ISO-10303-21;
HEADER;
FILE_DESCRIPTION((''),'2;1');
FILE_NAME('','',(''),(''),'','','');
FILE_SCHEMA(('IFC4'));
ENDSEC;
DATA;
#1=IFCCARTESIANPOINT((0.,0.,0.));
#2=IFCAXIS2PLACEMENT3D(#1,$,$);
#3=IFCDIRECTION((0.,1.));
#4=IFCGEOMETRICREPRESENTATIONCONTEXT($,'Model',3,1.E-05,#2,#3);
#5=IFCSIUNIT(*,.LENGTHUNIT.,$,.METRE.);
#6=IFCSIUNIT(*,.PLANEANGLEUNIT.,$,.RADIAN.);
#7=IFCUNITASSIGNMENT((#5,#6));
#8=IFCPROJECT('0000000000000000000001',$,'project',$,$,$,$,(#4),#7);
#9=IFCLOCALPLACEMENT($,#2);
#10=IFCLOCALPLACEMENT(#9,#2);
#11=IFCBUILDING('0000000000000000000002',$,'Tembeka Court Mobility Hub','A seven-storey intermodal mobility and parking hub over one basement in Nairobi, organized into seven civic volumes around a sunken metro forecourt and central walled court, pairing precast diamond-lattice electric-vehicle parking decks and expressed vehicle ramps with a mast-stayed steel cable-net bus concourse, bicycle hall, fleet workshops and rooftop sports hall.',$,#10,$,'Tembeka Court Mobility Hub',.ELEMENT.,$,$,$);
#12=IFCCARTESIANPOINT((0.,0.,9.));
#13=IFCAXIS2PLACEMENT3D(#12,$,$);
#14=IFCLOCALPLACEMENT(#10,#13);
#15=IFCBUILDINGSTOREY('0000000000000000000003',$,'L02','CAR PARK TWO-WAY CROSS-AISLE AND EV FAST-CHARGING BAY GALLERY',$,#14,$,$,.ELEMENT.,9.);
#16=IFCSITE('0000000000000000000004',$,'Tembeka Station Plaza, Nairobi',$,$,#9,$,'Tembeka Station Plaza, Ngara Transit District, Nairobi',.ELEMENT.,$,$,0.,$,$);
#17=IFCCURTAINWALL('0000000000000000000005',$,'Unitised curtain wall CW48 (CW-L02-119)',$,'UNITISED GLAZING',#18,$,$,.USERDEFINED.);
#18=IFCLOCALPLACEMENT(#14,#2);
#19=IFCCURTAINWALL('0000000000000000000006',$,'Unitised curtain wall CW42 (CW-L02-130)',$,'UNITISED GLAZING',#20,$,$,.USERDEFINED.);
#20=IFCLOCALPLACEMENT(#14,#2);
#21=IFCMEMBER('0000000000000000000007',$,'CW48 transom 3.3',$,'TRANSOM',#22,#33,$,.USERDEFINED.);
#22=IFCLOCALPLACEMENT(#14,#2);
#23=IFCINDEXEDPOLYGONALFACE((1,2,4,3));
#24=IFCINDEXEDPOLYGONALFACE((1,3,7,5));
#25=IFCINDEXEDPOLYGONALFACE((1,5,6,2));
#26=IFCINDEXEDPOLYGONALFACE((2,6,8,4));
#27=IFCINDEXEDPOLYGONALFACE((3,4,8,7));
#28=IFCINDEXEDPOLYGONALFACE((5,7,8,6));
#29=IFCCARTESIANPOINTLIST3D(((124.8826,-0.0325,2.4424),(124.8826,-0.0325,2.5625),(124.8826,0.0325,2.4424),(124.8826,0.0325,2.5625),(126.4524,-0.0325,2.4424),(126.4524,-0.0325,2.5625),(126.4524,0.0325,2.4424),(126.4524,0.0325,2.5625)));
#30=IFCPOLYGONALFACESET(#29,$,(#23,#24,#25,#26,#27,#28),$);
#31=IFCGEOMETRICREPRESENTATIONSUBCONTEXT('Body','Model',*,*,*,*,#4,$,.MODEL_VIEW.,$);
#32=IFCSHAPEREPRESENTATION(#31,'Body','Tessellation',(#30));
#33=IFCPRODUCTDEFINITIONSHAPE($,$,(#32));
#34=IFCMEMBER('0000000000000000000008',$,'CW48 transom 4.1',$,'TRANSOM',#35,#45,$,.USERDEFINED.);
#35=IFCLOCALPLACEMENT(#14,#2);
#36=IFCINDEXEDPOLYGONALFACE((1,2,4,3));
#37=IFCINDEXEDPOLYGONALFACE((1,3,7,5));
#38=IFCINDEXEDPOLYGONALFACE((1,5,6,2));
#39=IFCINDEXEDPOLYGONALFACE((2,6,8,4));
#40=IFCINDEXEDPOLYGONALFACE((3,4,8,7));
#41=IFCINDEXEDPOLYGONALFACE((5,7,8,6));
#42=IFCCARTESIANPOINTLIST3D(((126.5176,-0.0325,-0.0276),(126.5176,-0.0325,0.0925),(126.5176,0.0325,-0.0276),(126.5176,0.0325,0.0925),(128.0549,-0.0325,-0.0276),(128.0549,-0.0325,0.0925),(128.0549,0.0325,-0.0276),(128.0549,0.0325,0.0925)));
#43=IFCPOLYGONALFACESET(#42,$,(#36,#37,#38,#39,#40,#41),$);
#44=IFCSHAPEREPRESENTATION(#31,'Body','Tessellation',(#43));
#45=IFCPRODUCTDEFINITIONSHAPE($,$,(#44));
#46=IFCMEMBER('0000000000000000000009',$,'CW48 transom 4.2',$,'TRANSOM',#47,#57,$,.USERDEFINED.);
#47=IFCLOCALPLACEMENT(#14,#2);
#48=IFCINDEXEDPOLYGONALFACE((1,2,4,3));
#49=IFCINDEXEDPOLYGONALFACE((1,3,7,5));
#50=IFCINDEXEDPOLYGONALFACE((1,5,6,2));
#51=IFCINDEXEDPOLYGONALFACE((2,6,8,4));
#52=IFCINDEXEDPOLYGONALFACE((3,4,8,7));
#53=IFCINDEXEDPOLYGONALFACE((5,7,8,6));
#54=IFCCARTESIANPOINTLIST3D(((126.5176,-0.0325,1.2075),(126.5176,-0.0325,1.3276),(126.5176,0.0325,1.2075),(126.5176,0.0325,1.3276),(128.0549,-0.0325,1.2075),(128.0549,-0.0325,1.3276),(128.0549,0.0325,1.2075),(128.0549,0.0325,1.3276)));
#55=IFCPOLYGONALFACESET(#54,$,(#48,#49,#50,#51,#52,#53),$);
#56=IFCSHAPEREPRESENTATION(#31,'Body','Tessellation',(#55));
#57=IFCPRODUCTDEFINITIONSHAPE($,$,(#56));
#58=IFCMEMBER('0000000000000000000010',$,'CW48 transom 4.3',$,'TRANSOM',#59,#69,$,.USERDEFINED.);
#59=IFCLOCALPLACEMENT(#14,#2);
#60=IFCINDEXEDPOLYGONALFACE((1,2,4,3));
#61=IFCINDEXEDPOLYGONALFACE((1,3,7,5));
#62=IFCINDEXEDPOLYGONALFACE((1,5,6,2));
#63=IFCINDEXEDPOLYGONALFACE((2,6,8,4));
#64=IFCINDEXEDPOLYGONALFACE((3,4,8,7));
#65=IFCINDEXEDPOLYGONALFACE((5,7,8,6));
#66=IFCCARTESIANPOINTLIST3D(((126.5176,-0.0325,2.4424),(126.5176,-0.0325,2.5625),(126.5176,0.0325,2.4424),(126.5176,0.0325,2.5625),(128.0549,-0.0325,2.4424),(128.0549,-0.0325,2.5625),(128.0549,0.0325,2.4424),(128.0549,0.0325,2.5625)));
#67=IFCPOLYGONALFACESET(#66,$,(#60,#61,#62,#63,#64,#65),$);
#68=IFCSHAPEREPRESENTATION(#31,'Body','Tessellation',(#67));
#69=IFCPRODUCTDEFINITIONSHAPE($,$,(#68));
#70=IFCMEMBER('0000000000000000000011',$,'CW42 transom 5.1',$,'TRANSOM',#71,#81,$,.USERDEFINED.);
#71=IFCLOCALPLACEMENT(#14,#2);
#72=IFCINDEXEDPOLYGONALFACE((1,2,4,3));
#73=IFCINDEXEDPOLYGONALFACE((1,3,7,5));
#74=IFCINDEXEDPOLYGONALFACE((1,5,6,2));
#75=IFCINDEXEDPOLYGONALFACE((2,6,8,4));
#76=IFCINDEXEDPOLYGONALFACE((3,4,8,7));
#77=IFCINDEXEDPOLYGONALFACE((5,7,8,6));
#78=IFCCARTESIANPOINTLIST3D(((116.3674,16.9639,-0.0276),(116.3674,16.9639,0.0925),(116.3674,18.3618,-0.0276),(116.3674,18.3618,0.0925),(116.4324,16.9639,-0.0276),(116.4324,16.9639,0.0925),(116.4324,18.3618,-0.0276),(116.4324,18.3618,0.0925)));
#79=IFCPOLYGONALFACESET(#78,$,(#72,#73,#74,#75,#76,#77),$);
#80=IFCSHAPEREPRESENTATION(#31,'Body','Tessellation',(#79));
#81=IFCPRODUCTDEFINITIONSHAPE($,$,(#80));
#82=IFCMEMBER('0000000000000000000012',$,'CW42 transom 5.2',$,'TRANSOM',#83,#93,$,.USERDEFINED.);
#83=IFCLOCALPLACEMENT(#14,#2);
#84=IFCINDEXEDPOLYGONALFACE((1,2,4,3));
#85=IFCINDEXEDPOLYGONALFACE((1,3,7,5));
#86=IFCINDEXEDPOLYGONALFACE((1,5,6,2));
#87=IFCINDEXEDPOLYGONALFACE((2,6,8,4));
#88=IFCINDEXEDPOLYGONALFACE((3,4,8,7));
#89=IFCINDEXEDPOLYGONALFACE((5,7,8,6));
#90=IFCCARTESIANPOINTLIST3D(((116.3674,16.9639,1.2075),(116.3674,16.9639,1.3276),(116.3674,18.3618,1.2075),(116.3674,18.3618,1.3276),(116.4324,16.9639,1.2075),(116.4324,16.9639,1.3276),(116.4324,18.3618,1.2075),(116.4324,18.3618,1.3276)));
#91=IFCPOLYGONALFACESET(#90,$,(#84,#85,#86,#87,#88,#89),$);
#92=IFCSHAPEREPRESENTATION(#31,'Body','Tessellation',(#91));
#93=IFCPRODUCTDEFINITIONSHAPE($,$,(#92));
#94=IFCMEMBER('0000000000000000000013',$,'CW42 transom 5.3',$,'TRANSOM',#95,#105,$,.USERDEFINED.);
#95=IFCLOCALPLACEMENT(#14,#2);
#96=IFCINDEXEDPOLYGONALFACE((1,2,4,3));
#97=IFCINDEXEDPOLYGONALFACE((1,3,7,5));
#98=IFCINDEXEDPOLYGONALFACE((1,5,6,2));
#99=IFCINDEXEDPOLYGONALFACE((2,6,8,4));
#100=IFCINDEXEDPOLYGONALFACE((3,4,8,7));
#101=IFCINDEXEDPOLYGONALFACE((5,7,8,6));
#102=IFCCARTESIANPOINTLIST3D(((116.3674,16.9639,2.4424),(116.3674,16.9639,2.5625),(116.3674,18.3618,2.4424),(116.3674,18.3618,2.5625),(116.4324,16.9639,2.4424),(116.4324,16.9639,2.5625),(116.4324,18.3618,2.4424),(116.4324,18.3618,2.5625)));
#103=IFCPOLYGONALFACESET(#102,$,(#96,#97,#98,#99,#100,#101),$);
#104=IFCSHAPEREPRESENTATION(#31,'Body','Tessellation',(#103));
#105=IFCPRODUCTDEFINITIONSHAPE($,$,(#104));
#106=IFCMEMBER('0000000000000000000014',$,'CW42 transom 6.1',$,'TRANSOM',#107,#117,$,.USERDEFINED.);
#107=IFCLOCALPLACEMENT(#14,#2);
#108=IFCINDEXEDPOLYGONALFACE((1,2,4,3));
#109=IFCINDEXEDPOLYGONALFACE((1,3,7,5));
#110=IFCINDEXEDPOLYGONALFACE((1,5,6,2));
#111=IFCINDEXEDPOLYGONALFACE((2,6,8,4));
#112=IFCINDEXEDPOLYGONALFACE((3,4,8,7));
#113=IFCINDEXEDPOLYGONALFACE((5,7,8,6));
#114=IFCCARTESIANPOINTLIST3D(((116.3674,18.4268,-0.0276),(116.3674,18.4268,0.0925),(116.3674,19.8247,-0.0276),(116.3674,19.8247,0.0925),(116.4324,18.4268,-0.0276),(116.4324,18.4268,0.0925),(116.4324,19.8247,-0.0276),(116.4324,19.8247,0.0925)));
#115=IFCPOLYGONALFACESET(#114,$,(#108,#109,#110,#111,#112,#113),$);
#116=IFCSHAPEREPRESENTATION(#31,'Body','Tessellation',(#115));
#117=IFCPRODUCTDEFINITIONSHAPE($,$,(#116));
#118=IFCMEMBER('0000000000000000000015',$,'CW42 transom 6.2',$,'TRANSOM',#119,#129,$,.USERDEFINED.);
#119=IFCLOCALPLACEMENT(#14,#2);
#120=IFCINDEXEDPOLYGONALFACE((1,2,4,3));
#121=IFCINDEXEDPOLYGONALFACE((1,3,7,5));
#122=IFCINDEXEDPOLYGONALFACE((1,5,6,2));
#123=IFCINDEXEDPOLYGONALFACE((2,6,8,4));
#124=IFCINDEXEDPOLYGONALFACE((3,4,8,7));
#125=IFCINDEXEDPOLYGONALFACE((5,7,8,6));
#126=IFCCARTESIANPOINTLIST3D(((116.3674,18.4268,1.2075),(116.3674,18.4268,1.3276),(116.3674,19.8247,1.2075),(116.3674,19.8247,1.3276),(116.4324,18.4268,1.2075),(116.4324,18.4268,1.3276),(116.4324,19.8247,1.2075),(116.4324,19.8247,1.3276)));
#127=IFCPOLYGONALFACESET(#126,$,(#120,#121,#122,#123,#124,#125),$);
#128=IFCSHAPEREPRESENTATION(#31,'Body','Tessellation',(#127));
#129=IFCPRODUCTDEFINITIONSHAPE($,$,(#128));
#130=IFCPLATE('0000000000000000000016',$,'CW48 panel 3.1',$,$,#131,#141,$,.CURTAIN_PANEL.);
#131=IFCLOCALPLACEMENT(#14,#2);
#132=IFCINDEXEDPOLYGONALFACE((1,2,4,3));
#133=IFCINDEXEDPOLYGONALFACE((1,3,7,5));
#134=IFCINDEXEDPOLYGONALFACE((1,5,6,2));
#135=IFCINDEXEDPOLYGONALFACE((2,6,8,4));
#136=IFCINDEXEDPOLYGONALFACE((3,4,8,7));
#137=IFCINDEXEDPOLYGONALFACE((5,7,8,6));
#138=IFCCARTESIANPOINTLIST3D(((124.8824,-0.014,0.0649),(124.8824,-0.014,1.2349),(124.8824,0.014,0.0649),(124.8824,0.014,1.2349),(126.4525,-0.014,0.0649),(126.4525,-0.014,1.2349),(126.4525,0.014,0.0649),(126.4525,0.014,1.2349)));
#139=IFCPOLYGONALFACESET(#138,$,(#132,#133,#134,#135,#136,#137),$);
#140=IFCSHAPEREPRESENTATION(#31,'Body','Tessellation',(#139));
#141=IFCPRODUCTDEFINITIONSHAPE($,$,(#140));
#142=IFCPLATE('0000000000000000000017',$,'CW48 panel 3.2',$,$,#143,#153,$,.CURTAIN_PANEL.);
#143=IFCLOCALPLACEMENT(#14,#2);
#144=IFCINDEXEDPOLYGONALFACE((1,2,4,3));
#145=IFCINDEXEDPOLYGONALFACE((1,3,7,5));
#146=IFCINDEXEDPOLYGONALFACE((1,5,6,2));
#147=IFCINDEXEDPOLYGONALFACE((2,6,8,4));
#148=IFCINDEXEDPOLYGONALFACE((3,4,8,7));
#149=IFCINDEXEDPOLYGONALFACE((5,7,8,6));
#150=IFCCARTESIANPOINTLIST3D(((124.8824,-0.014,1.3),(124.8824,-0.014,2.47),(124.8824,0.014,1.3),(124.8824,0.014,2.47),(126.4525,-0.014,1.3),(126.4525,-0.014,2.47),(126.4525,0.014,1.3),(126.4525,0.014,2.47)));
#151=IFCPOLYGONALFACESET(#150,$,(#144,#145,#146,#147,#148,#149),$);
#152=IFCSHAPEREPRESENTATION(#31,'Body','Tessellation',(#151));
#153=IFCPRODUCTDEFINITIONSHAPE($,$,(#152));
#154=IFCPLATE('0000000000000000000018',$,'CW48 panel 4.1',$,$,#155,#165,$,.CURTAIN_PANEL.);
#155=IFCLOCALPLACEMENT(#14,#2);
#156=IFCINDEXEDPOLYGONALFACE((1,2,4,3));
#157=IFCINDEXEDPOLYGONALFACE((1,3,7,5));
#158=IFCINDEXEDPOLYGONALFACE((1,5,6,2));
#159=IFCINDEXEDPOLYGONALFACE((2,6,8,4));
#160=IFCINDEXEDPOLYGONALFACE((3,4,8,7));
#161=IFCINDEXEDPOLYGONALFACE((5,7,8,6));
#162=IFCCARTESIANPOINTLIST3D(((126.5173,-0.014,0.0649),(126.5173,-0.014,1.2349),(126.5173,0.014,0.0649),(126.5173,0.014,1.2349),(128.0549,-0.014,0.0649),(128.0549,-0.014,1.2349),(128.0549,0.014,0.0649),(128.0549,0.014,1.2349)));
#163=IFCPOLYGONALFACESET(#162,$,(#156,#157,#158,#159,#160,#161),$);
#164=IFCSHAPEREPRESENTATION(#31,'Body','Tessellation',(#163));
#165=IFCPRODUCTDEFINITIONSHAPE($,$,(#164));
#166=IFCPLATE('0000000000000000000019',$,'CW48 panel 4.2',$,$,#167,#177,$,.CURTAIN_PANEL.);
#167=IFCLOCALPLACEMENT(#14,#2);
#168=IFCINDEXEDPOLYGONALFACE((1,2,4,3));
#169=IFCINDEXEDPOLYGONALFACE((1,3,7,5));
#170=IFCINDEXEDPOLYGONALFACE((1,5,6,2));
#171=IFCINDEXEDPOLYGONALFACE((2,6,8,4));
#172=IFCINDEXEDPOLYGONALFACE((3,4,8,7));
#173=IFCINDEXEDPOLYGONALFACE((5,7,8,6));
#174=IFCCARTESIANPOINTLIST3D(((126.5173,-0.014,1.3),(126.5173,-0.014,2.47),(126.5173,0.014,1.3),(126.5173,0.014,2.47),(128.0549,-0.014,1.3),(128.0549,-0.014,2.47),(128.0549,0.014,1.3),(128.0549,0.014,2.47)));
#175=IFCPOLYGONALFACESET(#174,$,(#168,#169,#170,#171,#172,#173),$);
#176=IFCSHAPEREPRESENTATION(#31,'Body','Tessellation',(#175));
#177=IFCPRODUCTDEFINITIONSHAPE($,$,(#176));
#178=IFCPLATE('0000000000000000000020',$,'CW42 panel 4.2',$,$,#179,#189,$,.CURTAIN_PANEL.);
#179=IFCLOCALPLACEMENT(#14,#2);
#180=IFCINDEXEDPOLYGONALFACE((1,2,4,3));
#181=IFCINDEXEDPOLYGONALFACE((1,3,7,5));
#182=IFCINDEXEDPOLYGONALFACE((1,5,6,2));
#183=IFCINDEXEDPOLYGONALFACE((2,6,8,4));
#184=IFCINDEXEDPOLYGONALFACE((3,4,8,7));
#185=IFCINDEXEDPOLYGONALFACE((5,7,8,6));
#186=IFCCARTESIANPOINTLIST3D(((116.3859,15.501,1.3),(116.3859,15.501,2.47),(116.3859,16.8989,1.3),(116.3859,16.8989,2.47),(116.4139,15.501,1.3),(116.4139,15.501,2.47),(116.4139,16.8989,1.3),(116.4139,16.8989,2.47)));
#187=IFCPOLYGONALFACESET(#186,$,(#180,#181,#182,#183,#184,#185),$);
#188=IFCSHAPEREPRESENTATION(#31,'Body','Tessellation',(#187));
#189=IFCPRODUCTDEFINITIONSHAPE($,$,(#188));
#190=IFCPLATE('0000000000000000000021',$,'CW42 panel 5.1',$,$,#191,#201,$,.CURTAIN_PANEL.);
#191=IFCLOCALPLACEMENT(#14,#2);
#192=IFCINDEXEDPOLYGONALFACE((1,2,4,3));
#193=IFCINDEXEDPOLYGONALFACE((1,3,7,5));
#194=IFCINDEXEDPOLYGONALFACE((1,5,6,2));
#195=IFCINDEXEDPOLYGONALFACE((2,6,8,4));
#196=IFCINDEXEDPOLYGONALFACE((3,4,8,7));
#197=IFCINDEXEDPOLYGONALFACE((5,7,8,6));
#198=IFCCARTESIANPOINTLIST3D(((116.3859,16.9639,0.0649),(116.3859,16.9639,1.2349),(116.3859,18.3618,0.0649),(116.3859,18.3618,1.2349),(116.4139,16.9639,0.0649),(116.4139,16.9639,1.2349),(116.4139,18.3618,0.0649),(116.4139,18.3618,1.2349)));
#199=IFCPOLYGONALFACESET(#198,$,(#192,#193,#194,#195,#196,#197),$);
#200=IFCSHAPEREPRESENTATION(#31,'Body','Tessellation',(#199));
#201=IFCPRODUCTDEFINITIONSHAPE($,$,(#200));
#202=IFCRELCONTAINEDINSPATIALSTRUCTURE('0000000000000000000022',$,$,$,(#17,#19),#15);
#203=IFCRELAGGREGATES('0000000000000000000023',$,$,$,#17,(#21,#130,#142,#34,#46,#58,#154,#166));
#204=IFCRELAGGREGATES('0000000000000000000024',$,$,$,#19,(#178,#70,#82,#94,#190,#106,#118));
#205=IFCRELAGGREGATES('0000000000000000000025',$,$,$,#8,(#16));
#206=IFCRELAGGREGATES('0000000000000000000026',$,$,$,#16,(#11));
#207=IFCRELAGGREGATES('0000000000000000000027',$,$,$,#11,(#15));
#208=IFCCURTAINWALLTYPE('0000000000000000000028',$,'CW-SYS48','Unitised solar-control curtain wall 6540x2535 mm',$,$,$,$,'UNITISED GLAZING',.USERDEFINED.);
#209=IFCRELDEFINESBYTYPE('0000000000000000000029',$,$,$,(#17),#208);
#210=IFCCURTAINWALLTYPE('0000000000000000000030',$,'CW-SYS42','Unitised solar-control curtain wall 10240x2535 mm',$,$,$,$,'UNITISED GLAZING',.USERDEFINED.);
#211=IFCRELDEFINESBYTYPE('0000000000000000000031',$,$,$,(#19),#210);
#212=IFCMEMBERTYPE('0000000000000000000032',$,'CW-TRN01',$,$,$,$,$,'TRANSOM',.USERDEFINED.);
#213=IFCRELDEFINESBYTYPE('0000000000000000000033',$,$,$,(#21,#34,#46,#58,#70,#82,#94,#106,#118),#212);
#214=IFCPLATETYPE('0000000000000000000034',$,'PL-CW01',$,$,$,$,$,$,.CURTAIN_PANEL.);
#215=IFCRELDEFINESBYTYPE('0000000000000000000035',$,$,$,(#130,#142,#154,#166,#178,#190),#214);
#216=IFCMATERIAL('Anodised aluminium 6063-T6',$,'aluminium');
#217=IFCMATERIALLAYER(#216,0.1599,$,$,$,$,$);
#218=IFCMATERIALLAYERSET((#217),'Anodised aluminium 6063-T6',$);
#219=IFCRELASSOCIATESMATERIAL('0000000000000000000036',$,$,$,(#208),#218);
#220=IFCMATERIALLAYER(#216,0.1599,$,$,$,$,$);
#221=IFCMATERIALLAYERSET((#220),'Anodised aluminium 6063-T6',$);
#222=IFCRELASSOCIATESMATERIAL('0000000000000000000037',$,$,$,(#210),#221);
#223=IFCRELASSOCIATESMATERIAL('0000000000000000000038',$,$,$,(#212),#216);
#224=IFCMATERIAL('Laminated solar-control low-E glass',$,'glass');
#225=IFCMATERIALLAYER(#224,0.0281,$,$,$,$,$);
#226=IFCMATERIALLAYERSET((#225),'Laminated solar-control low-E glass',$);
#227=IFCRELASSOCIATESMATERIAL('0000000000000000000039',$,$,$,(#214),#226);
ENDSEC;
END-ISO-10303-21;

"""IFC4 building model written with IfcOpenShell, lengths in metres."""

from ifc_helpers import new_model, si_unit, direction, frame, origin, origin_2d, place, context, subcontext, project, spatial, rectangle, extrude, material, layer, layer_set, material_profile, profile_set, type_object, element, aggregate, save


model = new_model("IFC4")

# Units and contexts
model_context = context("Model", 3, precision=1e-05, world=origin(), true_north=direction((0.0, 1.0)))
body_context = subcontext(model_context, "Body", "Model", "MODEL_VIEW")
ifc_project = project(units=[si_unit("LENGTHUNIT", "METRE"), si_unit("PLANEANGLEUNIT", "RADIAN")], contexts=[model_context])

# Site, building, storey
site_placement = place(None, origin())
site = spatial("IfcSite", under=ifc_project, at=site_placement, Name="Tembeka Station Plaza, Nairobi", LongName="Tembeka Station Plaza, Ngara Transit District, Nairobi", CompositionType="ELEMENT", RefElevation=0.0)
building_placement = place(site_placement, origin())
building = spatial("IfcBuilding", under=site, at=building_placement, Name="Tembeka Court Mobility Hub", Description="A seven-storey intermodal mobility and parking hub over one basement in Nairobi, organized into seven civic volumes around a sunken metro forecourt and central walled court, pairing precast diamond-lattice electric-vehicle parking decks and expressed vehicle ramps with a mast-stayed steel cable-net bus concourse, bicycle hall, fleet workshops and rooftop sports hall.", LongName="Tembeka Court Mobility Hub", CompositionType="ELEMENT")
storey_placement = place(building_placement, frame((0.0, 0.0, 9.0)))
storey = spatial("IfcBuildingStorey", under=building, at=storey_placement, Name="L02", Description="CAR PARK TWO-WAY CROSS-AISLE AND EV FAST-CHARGING BAY GALLERY", CompositionType="ELEMENT", Elevation=9.0)

# Curtain walls
ifc_material_1 = material(Name="Anodised aluminium 6063-T6", Category="aluminium")
ifc_layer_1 = layer(ifc_material_1, 0.1599)
ifc_layer_set_1 = layer_set([ifc_layer_1], Name="Anodised aluminium 6063-T6")
curtain_wall_type_1 = type_object("IfcCurtainWallType", Name="CW-SYS48", Description="Unitised solar-control curtain wall 6540x2535 mm", ElementType="UNITISED GLAZING", PredefinedType="USERDEFINED", material=ifc_layer_set_1)
curtain_wall_1_placement = place(storey_placement, origin())
curtain_wall_1 = element("IfcCurtainWall", 1, at=curtain_wall_1_placement, inside=storey, type_object=curtain_wall_type_1, Name="Unitised curtain wall CW48 (CW-L02-119)", ObjectType="UNITISED GLAZING", PredefinedType="USERDEFINED")
ifc_layer_2 = layer(ifc_material_1, 0.1599)
ifc_layer_set_2 = layer_set([ifc_layer_2], Name="Anodised aluminium 6063-T6")
curtain_wall_type_2 = type_object("IfcCurtainWallType", Name="CW-SYS42", Description="Unitised solar-control curtain wall 10240x2535 mm", ElementType="UNITISED GLAZING", PredefinedType="USERDEFINED", material=ifc_layer_set_2)
curtain_wall_2_placement = place(storey_placement, origin())
curtain_wall_2 = element("IfcCurtainWall", 2, at=curtain_wall_2_placement, inside=storey, type_object=curtain_wall_type_2, Name="Unitised curtain wall CW42 (CW-L02-130)", ObjectType="UNITISED GLAZING", PredefinedType="USERDEFINED")

# Members
ifc_material_profile_1 = material_profile(ifc_material_1, rectangle(XDim=0.0649, YDim=0.1201, at=origin_2d()), Name="ALU-TRN 65x120")
ifc_profile_set_1 = profile_set([ifc_material_profile_1], Name="Anodised aluminium 6063-T6")
member_type_1 = type_object("IfcMemberType", Name="CW-TRN01", ElementType="TRANSOM", PredefinedType="USERDEFINED", material=ifc_profile_set_1)
member_1_placement = place(storey_placement, frame((124.8826, 0.0, 2.5024), z_axis=(1.0, 0.0, 0.0), x_axis=(0.0, 1.0, 0.0)))
member_1 = element("IfcMember", 3, at=member_1_placement, type_object=member_type_1, Name="CW48 transom 3.3", ObjectType="TRANSOM", PredefinedType="USERDEFINED", context=body_context, shape_type="SweptSolid", body=[
    extrude(rectangle(XDim=0.0649, YDim=0.1201, at=origin_2d()), origin(), (0.0, 0.0, 1.0), 1.5698),
])
member_2_placement = place(storey_placement, frame((126.5176, 0.0, 0.0325), z_axis=(1.0, 0.0, 0.0), x_axis=(0.0, 1.0, 0.0)))
member_2 = element("IfcMember", 4, at=member_2_placement, type_object=member_type_1, Name="CW48 transom 4.1", ObjectType="TRANSOM", PredefinedType="USERDEFINED", context=body_context, shape_type="SweptSolid", body=[
    extrude(rectangle(XDim=0.0649, YDim=0.1201, at=origin_2d()), origin(), (0.0, 0.0, 1.0), 1.5374),
])
member_3_placement = place(storey_placement, frame((126.5176, 0.0, 1.2676), z_axis=(1.0, 0.0, 0.0), x_axis=(0.0, 1.0, 0.0)))
member_3 = element("IfcMember", 5, at=member_3_placement, type_object=member_type_1, Name="CW48 transom 4.2", ObjectType="TRANSOM", PredefinedType="USERDEFINED", context=body_context, shape_type="SweptSolid", body=[
    extrude(rectangle(XDim=0.0649, YDim=0.1201, at=origin_2d()), origin(), (0.0, 0.0, 1.0), 1.5374),
])
member_4_placement = place(storey_placement, frame((126.5176, 0.0, 2.5024), z_axis=(1.0, 0.0, 0.0), x_axis=(0.0, 1.0, 0.0)))
member_4 = element("IfcMember", 6, at=member_4_placement, type_object=member_type_1, Name="CW48 transom 4.3", ObjectType="TRANSOM", PredefinedType="USERDEFINED", context=body_context, shape_type="SweptSolid", body=[
    extrude(rectangle(XDim=0.0649, YDim=0.1201, at=origin_2d()), origin(), (0.0, 0.0, 1.0), 1.5374),
])
member_5_placement = place(storey_placement, frame((116.3999, 16.9639, 0.0325), z_axis=(0.0, 1.0, 0.0), x_axis=(-1.0, 0.0, 0.0)))
member_5 = element("IfcMember", 7, at=member_5_placement, type_object=member_type_1, Name="CW42 transom 5.1", ObjectType="TRANSOM", PredefinedType="USERDEFINED", context=body_context, shape_type="SweptSolid", body=[
    extrude(rectangle(XDim=0.0649, YDim=0.1201, at=origin_2d()), origin(), (0.0, 0.0, 1.0), 1.3979),
])
member_6_placement = place(storey_placement, frame((116.3999, 16.9639, 1.2676), z_axis=(0.0, 1.0, 0.0), x_axis=(-1.0, 0.0, 0.0)))
member_6 = element("IfcMember", 8, at=member_6_placement, type_object=member_type_1, Name="CW42 transom 5.2", ObjectType="TRANSOM", PredefinedType="USERDEFINED", context=body_context, shape_type="SweptSolid", body=[
    extrude(rectangle(XDim=0.0649, YDim=0.1201, at=origin_2d()), origin(), (0.0, 0.0, 1.0), 1.3979),
])
member_7_placement = place(storey_placement, frame((116.3999, 16.9639, 2.5024), z_axis=(0.0, 1.0, 0.0), x_axis=(-1.0, 0.0, 0.0)))
member_7 = element("IfcMember", 9, at=member_7_placement, type_object=member_type_1, Name="CW42 transom 5.3", ObjectType="TRANSOM", PredefinedType="USERDEFINED", context=body_context, shape_type="SweptSolid", body=[
    extrude(rectangle(XDim=0.0649, YDim=0.1201, at=origin_2d()), origin(), (0.0, 0.0, 1.0), 1.3979),
])
member_8_placement = place(storey_placement, frame((116.3999, 18.4268, 0.0325), z_axis=(0.0, 1.0, 0.0), x_axis=(-1.0, 0.0, 0.0)))
member_8 = element("IfcMember", 10, at=member_8_placement, type_object=member_type_1, Name="CW42 transom 6.1", ObjectType="TRANSOM", PredefinedType="USERDEFINED", context=body_context, shape_type="SweptSolid", body=[
    extrude(rectangle(XDim=0.0649, YDim=0.1201, at=origin_2d()), origin(), (0.0, 0.0, 1.0), 1.3979),
])
member_9_placement = place(storey_placement, frame((116.3999, 18.4268, 1.2676), z_axis=(0.0, 1.0, 0.0), x_axis=(-1.0, 0.0, 0.0)))
member_9 = element("IfcMember", 11, at=member_9_placement, type_object=member_type_1, Name="CW42 transom 6.2", ObjectType="TRANSOM", PredefinedType="USERDEFINED", context=body_context, shape_type="SweptSolid", body=[
    extrude(rectangle(XDim=0.0649, YDim=0.1201, at=origin_2d()), origin(), (0.0, 0.0, 1.0), 1.3979),
])

# Plates
ifc_material_2 = material(Name="Laminated solar-control low-E glass", Category="glass")
ifc_layer_3 = layer(ifc_material_2, 0.0281)
ifc_layer_set_3 = layer_set([ifc_layer_3], Name="Laminated solar-control low-E glass")
plate_type = type_object("IfcPlateType", Name="PL-CW01", PredefinedType="CURTAIN_PANEL", material=ifc_layer_set_3)
plate_1_placement = place(storey_placement, frame((125.6675, 0.0, 0.0649), z_axis=(0.0, 0.0, 1.0), x_axis=(1.0, 0.0, 0.0)))
plate_1 = element("IfcPlate", 12, at=plate_1_placement, type_object=plate_type, Name="CW48 panel 3.1", PredefinedType="CURTAIN_PANEL", context=body_context, shape_type="SweptSolid", body=[
    extrude(rectangle(XDim=1.5701, YDim=0.0281, at=origin_2d()), origin(), (0.0, 0.0, 1.0), 1.1699),
])
plate_2_placement = place(storey_placement, frame((125.6675, 0.0, 1.3), z_axis=(0.0, 0.0, 1.0), x_axis=(1.0, 0.0, 0.0)))
plate_2 = element("IfcPlate", 13, at=plate_2_placement, type_object=plate_type, Name="CW48 panel 3.2", PredefinedType="CURTAIN_PANEL", context=body_context, shape_type="SweptSolid", body=[
    extrude(rectangle(XDim=1.5701, YDim=0.0281, at=origin_2d()), origin(), (0.0, 0.0, 1.0), 1.1699),
])
plate_3_placement = place(storey_placement, frame((127.2861, 0.0, 0.0649), z_axis=(0.0, 0.0, 1.0), x_axis=(1.0, 0.0, 0.0)))
plate_3 = element("IfcPlate", 14, at=plate_3_placement, type_object=plate_type, Name="CW48 panel 4.1", PredefinedType="CURTAIN_PANEL", context=body_context, shape_type="SweptSolid", body=[
    extrude(rectangle(XDim=1.5376, YDim=0.0281, at=origin_2d()), origin(), (0.0, 0.0, 1.0), 1.1699),
])
plate_4_placement = place(storey_placement, frame((127.2861, 0.0, 1.3), z_axis=(0.0, 0.0, 1.0), x_axis=(1.0, 0.0, 0.0)))
plate_4 = element("IfcPlate", 15, at=plate_4_placement, type_object=plate_type, Name="CW48 panel 4.2", PredefinedType="CURTAIN_PANEL", context=body_context, shape_type="SweptSolid", body=[
    extrude(rectangle(XDim=1.5376, YDim=0.0281, at=origin_2d()), origin(), (0.0, 0.0, 1.0), 1.1699),
])
aggregate(curtain_wall_1, [member_1, plate_1, plate_2, member_2, member_3, member_4, plate_3, plate_4])
plate_5_placement = place(storey_placement, frame((116.3999, 16.2, 1.3), z_axis=(0.0, 0.0, 1.0), x_axis=(0.0, 1.0, 0.0)))
plate_5 = element("IfcPlate", 16, at=plate_5_placement, type_object=plate_type, Name="CW42 panel 4.2", PredefinedType="CURTAIN_PANEL", context=body_context, shape_type="SweptSolid", body=[
    extrude(rectangle(XDim=1.3979, YDim=0.0281, at=origin_2d()), origin(), (0.0, 0.0, 1.0), 1.1699),
])
plate_6_placement = place(storey_placement, frame((116.3999, 17.6628, 0.0649), z_axis=(0.0, 0.0, 1.0), x_axis=(0.0, 1.0, 0.0)))
plate_6 = element("IfcPlate", 17, at=plate_6_placement, type_object=plate_type, Name="CW42 panel 5.1", PredefinedType="CURTAIN_PANEL", context=body_context, shape_type="SweptSolid", body=[
    extrude(rectangle(XDim=1.3979, YDim=0.0281, at=origin_2d()), origin(), (0.0, 0.0, 1.0), 1.1699),
])
aggregate(curtain_wall_2, [plate_5, member_5, member_6, member_7, plate_6, member_8, member_9])

save(model, "model.ifc")
